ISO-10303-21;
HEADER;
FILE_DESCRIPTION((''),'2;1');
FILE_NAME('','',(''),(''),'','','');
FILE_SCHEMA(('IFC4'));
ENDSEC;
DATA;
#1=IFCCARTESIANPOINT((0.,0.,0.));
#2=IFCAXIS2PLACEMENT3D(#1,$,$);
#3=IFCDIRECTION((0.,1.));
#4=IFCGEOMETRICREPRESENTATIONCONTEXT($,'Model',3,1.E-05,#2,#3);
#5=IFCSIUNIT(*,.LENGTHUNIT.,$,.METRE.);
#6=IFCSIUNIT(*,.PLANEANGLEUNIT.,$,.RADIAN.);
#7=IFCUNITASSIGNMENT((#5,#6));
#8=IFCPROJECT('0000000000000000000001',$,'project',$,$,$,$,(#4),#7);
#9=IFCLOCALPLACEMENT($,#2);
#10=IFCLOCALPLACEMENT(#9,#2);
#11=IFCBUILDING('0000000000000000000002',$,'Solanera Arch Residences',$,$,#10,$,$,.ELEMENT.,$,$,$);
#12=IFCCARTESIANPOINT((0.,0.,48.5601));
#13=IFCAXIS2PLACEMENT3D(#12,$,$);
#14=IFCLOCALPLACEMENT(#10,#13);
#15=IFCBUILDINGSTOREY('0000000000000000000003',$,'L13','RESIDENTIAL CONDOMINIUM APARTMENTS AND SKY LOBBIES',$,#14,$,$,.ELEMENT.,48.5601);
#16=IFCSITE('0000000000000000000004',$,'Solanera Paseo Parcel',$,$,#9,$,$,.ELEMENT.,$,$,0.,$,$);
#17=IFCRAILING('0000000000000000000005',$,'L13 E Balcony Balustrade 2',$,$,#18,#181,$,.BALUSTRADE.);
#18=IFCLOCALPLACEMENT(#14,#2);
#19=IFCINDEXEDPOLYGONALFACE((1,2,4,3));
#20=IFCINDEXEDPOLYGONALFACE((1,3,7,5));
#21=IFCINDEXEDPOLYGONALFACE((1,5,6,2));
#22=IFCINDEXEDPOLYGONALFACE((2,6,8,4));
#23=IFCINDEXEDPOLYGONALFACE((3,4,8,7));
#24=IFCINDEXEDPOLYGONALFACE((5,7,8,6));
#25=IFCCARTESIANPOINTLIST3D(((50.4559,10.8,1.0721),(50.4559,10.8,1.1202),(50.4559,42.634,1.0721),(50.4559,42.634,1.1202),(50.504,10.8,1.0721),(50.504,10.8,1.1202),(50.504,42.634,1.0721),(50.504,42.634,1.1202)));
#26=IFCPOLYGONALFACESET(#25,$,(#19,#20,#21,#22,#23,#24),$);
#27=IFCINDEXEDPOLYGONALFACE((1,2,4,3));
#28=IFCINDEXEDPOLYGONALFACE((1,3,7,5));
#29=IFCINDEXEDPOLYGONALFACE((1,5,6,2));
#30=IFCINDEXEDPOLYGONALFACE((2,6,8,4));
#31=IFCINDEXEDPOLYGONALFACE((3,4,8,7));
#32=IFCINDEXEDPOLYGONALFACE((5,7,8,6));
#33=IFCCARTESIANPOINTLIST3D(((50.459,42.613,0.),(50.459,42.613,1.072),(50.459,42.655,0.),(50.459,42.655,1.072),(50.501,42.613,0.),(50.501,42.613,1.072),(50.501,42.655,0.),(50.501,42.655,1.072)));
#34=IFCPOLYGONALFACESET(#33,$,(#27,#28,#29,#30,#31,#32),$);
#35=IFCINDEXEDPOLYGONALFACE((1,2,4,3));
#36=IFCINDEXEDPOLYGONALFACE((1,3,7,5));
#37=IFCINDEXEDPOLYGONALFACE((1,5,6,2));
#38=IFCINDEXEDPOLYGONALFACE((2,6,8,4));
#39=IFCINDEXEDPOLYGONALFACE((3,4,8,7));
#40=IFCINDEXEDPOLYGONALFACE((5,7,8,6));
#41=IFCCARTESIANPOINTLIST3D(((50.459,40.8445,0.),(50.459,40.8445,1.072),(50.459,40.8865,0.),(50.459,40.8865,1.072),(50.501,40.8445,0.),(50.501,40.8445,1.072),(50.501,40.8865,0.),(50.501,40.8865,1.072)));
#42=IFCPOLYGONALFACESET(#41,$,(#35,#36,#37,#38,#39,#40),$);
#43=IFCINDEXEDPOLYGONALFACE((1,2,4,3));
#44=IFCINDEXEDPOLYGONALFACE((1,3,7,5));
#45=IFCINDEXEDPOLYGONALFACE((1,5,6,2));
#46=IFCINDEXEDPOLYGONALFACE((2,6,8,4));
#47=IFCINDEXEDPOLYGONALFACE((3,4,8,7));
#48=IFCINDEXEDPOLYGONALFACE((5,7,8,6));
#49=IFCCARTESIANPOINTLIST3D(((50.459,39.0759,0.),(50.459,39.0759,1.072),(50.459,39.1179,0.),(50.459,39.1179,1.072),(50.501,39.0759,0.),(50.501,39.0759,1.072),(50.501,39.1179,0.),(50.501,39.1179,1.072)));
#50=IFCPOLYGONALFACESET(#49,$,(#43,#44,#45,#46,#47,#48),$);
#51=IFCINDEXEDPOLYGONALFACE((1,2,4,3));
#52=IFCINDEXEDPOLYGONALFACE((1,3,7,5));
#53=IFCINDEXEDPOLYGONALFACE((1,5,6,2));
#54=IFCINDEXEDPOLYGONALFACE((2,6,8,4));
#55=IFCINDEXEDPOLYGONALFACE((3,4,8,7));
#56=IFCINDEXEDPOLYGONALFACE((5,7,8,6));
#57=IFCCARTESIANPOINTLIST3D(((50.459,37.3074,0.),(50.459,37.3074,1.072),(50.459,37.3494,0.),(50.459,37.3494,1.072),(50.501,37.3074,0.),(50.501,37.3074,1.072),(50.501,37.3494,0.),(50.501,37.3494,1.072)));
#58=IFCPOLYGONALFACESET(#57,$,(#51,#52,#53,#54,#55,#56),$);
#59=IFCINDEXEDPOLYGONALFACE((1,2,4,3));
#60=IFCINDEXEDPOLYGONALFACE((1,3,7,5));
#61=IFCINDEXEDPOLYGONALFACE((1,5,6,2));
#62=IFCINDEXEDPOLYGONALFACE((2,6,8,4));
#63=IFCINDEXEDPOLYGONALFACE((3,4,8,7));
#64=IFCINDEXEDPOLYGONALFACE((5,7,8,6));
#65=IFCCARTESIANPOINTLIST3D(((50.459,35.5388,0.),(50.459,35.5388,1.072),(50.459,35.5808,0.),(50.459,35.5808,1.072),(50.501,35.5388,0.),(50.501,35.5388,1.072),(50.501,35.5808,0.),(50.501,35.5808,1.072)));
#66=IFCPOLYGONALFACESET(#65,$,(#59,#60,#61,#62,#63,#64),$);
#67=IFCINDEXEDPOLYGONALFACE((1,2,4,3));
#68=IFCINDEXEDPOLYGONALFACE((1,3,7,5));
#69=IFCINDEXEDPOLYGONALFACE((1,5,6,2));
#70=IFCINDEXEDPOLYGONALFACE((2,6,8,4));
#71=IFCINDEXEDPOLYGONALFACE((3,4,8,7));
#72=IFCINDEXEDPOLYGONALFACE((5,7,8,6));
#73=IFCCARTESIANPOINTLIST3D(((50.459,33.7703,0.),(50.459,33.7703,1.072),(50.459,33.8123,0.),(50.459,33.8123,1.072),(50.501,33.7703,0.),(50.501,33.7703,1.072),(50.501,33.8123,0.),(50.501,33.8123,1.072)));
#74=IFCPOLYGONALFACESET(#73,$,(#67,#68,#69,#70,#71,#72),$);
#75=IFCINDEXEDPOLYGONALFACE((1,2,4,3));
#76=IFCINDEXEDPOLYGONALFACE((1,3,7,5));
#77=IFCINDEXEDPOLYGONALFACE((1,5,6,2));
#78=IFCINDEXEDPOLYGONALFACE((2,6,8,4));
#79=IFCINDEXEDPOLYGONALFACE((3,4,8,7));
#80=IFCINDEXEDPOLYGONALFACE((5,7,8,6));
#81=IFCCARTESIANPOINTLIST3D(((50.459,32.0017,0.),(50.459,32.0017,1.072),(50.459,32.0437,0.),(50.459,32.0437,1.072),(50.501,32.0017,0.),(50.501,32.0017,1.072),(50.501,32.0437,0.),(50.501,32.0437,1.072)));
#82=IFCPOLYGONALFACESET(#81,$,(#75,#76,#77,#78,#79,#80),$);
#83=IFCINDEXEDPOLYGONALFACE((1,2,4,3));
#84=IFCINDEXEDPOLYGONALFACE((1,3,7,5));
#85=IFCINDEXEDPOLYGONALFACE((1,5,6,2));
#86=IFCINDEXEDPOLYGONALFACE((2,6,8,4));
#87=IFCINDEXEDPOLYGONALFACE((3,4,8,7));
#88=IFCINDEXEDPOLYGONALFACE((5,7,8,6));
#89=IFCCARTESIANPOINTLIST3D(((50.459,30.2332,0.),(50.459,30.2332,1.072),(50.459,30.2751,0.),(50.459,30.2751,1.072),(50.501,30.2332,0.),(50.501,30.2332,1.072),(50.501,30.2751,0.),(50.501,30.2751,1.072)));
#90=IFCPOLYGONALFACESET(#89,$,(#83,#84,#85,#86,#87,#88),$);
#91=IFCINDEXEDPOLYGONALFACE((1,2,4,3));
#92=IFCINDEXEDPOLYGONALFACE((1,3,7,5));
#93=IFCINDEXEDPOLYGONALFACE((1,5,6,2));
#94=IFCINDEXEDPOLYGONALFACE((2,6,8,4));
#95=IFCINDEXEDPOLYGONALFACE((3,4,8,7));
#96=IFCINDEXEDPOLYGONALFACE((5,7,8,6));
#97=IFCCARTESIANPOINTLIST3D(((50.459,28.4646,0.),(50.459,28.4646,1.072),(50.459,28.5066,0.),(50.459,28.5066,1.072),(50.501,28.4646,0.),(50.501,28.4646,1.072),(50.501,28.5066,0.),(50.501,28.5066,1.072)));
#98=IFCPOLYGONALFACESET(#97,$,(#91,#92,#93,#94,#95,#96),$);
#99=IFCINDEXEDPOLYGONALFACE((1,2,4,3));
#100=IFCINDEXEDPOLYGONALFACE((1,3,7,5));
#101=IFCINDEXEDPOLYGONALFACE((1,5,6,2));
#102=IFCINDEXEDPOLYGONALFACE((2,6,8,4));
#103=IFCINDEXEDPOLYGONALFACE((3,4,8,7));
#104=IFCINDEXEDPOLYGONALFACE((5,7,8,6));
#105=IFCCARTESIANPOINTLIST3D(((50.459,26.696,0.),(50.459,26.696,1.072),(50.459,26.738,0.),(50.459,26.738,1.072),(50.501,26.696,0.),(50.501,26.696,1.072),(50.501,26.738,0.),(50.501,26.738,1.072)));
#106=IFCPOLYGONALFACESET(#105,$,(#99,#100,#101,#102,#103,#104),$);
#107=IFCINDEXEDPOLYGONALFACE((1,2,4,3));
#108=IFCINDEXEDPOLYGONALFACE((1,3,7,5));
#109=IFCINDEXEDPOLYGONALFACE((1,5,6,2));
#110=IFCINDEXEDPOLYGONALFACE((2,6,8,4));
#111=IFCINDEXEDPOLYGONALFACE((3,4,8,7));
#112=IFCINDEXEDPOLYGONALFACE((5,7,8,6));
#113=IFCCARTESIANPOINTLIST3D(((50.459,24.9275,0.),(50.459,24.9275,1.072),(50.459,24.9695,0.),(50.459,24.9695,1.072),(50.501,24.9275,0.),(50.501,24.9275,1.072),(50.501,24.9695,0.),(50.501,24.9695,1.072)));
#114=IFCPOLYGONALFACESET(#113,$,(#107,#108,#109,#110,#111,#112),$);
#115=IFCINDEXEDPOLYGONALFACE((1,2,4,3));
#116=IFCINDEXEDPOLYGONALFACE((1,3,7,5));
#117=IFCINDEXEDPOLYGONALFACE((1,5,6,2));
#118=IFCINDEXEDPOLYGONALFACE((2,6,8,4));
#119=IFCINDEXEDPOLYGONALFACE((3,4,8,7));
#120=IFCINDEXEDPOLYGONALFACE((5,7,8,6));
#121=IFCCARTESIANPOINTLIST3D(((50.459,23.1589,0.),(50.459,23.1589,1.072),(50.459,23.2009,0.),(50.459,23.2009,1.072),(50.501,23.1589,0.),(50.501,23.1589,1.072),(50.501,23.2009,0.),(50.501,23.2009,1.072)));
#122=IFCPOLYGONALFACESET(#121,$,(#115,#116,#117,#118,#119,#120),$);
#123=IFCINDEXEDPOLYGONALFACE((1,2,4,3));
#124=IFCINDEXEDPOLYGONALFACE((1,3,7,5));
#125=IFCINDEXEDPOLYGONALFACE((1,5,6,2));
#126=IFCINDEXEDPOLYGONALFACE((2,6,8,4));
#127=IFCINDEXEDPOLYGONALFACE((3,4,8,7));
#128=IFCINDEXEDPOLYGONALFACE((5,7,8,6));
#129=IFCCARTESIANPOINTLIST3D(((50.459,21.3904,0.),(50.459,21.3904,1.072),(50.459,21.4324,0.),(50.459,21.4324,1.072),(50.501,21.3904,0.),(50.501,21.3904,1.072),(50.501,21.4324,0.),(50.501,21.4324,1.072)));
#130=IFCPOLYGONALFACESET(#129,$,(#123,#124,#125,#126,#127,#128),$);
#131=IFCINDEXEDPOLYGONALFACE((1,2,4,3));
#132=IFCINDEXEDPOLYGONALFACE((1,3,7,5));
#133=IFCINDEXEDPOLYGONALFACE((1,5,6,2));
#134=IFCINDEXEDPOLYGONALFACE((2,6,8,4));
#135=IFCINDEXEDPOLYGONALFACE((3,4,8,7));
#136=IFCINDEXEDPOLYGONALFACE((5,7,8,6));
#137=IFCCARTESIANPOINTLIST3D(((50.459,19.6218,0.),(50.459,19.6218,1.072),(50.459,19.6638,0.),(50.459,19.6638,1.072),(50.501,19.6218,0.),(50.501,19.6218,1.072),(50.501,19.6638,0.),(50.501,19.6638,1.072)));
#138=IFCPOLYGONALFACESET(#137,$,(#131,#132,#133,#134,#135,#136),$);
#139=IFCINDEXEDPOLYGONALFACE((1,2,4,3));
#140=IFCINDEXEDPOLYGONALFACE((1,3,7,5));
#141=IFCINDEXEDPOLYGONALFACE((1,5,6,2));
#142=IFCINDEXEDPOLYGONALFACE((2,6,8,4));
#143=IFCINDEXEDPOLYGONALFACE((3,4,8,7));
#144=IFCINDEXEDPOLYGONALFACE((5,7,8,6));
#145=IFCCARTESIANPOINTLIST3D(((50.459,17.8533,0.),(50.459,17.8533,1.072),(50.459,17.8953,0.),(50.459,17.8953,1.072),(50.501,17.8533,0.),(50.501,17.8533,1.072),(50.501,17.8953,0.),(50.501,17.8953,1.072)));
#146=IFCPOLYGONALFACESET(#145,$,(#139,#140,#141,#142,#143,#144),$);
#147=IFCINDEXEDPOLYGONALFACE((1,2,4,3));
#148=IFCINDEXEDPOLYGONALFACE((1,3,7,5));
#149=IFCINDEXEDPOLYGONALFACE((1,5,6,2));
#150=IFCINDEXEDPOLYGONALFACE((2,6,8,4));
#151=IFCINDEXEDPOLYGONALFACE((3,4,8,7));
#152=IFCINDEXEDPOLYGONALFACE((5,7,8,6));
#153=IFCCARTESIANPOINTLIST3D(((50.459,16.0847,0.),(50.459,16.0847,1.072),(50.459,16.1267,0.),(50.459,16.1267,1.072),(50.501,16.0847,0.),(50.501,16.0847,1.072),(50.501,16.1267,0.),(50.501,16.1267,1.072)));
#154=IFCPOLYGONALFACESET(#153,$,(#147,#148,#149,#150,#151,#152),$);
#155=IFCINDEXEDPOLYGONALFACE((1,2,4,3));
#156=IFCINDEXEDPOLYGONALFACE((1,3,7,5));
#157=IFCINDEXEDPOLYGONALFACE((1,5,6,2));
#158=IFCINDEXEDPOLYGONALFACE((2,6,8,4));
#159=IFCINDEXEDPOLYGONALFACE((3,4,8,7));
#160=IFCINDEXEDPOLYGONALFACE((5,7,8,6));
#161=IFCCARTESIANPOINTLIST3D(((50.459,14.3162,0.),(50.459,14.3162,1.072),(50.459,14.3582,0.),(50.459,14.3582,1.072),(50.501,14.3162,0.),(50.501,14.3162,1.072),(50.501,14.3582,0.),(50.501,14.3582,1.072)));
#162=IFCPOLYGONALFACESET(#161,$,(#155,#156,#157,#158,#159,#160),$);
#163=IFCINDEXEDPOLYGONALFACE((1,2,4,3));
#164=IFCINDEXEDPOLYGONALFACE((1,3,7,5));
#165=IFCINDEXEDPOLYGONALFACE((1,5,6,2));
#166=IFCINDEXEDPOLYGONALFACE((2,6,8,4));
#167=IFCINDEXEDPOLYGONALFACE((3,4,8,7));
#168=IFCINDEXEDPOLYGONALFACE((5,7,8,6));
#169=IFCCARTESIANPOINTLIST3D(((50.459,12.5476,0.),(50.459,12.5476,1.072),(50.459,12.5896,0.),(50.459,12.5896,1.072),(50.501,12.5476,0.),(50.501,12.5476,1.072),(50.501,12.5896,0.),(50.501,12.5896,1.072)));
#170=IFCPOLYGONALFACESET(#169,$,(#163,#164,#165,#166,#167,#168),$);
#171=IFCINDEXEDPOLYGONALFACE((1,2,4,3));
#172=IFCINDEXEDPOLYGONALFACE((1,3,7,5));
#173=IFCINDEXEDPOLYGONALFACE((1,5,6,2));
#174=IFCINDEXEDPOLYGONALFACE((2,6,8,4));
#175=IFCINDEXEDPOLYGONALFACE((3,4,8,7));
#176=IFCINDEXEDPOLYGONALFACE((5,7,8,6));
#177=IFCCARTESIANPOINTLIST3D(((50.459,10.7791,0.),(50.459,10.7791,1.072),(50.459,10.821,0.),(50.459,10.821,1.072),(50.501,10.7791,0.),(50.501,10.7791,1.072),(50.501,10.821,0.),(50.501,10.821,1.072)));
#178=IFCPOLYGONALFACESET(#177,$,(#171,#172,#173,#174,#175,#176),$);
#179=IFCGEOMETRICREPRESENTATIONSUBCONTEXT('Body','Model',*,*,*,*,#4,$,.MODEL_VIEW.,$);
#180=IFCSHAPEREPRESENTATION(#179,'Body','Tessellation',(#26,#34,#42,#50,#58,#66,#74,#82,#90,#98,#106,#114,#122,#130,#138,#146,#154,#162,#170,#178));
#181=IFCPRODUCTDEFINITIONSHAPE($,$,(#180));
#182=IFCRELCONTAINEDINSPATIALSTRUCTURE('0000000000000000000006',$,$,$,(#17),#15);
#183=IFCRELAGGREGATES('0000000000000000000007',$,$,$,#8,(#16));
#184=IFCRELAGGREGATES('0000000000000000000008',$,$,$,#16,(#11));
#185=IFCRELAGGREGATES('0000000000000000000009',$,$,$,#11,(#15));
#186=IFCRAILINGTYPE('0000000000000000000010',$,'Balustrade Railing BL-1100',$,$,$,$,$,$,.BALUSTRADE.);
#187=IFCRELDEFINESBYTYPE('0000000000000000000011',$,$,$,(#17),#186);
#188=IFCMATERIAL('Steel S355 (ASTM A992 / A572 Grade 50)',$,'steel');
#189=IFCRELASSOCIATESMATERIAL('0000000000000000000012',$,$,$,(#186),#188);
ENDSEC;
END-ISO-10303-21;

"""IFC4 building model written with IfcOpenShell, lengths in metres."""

from ifc_helpers import new_model, si_unit, direction, frame, origin, origin_2d, place, context, subcontext, project, spatial, rectangle, extrude, material, type_object, element, save


model = new_model("IFC4")

# Units and contexts
model_context = context("Model", 3, precision=1e-05, world=origin(), true_north=direction((0.0, 1.0)))
body_context = subcontext(model_context, "Body", "Model", "MODEL_VIEW")
ifc_project = project(units=[si_unit("LENGTHUNIT", "METRE"), si_unit("PLANEANGLEUNIT", "RADIAN")], contexts=[model_context])

# Site, building, storey
site_placement = place(None, origin())
site = spatial("IfcSite", under=ifc_project, at=site_placement, Name="Solanera Paseo Parcel", CompositionType="ELEMENT", RefElevation=0.0)
building_placement = place(site_placement, origin())
building = spatial("IfcBuilding", under=site, at=building_placement, Name="Solanera Arch Residences", CompositionType="ELEMENT")
storey_placement = place(building_placement, frame((0.0, 0.0, 48.5601)))
storey = spatial("IfcBuildingStorey", under=building, at=storey_placement, Name="L13", Description="RESIDENTIAL CONDOMINIUM APARTMENTS AND SKY LOBBIES", CompositionType="ELEMENT", Elevation=48.5601)

# Railing
ifc_material_1 = material(Name="Steel S355 (ASTM A992 / A572 Grade 50)", Category="steel")
railing_type = type_object("IfcRailingType", Name="Balustrade Railing BL-1100", PredefinedType="BALUSTRADE", material=ifc_material_1)
railing_1_placement = place(storey_placement, frame((50.48, 42.634, 0.0)))
element("IfcRailing", 1, at=railing_1_placement, inside=storey, type_object=railing_type, Name="L13 E Balcony Balustrade 2", PredefinedType="BALUSTRADE", context=body_context, shape_type="SweptSolid", body=[
    extrude(rectangle(XDim=0.0481, YDim=0.0481, at=origin_2d()), frame((0.0, 0.0, 1.0962), z_axis=(0.0, -1.0, 0.0), x_axis=(1.0, 0.0, 0.0)), (0.0, 0.0, 1.0), 31.834),
    extrude(rectangle(XDim=0.042, YDim=0.042, at=origin_2d()), origin(), (0.0, 0.0, 1.0), 1.072),
    extrude(rectangle(XDim=0.042, YDim=0.042, at=origin_2d()), frame((0.0, -1.7686, 0.0)), (0.0, 0.0, 1.0), 1.072),
    extrude(rectangle(XDim=0.042, YDim=0.042, at=origin_2d()), frame((0.0, -3.5371, 0.0)), (0.0, 0.0, 1.0), 1.072),
    extrude(rectangle(XDim=0.042, YDim=0.042, at=origin_2d()), frame((0.0, -5.3057, 0.0)), (0.0, 0.0, 1.0), 1.072),
    extrude(rectangle(XDim=0.042, YDim=0.042, at=origin_2d()), frame((0.0, -7.0742, 0.0)), (0.0, 0.0, 1.0), 1.072),
    extrude(rectangle(XDim=0.042, YDim=0.042, at=origin_2d()), frame((0.0, -8.8428, 0.0)), (0.0, 0.0, 1.0), 1.072),
    extrude(rectangle(XDim=0.042, YDim=0.042, at=origin_2d()), frame((0.0, -10.6113, 0.0)), (0.0, 0.0, 1.0), 1.072),
    extrude(rectangle(XDim=0.042, YDim=0.042, at=origin_2d()), frame((0.0, -12.3799, 0.0)), (0.0, 0.0, 1.0), 1.072),
    extrude(rectangle(XDim=0.042, YDim=0.042, at=origin_2d()), frame((0.0, -14.1484, 0.0)), (0.0, 0.0, 1.0), 1.072),
    extrude(rectangle(XDim=0.042, YDim=0.042, at=origin_2d()), frame((0.0, -15.917, 0.0)), (0.0, 0.0, 1.0), 1.072),
    extrude(rectangle(XDim=0.042, YDim=0.042, at=origin_2d()), frame((0.0, -17.6855, 0.0)), (0.0, 0.0, 1.0), 1.072),
    extrude(rectangle(XDim=0.042, YDim=0.042, at=origin_2d()), frame((0.0, -19.4541, 0.0)), (0.0, 0.0, 1.0), 1.072),
    extrude(rectangle(XDim=0.042, YDim=0.042, at=origin_2d()), frame((0.0, -21.2227, 0.0)), (0.0, 0.0, 1.0), 1.072),
    extrude(rectangle(XDim=0.042, YDim=0.042, at=origin_2d()), frame((0.0, -22.9912, 0.0)), (0.0, 0.0, 1.0), 1.072),
    extrude(rectangle(XDim=0.042, YDim=0.042, at=origin_2d()), frame((0.0, -24.7598, 0.0)), (0.0, 0.0, 1.0), 1.072),
    extrude(rectangle(XDim=0.042, YDim=0.042, at=origin_2d()), frame((0.0, -26.5283, 0.0)), (0.0, 0.0, 1.0), 1.072),
    extrude(rectangle(XDim=0.042, YDim=0.042, at=origin_2d()), frame((0.0, -28.2969, 0.0)), (0.0, 0.0, 1.0), 1.072),
    extrude(rectangle(XDim=0.042, YDim=0.042, at=origin_2d()), frame((0.0, -30.0654, 0.0)), (0.0, 0.0, 1.0), 1.072),
    extrude(rectangle(XDim=0.042, YDim=0.042, at=origin_2d()), frame((0.0, -31.834, 0.0)), (0.0, 0.0, 1.0), 1.072),
])

save(model, "model.ifc")
